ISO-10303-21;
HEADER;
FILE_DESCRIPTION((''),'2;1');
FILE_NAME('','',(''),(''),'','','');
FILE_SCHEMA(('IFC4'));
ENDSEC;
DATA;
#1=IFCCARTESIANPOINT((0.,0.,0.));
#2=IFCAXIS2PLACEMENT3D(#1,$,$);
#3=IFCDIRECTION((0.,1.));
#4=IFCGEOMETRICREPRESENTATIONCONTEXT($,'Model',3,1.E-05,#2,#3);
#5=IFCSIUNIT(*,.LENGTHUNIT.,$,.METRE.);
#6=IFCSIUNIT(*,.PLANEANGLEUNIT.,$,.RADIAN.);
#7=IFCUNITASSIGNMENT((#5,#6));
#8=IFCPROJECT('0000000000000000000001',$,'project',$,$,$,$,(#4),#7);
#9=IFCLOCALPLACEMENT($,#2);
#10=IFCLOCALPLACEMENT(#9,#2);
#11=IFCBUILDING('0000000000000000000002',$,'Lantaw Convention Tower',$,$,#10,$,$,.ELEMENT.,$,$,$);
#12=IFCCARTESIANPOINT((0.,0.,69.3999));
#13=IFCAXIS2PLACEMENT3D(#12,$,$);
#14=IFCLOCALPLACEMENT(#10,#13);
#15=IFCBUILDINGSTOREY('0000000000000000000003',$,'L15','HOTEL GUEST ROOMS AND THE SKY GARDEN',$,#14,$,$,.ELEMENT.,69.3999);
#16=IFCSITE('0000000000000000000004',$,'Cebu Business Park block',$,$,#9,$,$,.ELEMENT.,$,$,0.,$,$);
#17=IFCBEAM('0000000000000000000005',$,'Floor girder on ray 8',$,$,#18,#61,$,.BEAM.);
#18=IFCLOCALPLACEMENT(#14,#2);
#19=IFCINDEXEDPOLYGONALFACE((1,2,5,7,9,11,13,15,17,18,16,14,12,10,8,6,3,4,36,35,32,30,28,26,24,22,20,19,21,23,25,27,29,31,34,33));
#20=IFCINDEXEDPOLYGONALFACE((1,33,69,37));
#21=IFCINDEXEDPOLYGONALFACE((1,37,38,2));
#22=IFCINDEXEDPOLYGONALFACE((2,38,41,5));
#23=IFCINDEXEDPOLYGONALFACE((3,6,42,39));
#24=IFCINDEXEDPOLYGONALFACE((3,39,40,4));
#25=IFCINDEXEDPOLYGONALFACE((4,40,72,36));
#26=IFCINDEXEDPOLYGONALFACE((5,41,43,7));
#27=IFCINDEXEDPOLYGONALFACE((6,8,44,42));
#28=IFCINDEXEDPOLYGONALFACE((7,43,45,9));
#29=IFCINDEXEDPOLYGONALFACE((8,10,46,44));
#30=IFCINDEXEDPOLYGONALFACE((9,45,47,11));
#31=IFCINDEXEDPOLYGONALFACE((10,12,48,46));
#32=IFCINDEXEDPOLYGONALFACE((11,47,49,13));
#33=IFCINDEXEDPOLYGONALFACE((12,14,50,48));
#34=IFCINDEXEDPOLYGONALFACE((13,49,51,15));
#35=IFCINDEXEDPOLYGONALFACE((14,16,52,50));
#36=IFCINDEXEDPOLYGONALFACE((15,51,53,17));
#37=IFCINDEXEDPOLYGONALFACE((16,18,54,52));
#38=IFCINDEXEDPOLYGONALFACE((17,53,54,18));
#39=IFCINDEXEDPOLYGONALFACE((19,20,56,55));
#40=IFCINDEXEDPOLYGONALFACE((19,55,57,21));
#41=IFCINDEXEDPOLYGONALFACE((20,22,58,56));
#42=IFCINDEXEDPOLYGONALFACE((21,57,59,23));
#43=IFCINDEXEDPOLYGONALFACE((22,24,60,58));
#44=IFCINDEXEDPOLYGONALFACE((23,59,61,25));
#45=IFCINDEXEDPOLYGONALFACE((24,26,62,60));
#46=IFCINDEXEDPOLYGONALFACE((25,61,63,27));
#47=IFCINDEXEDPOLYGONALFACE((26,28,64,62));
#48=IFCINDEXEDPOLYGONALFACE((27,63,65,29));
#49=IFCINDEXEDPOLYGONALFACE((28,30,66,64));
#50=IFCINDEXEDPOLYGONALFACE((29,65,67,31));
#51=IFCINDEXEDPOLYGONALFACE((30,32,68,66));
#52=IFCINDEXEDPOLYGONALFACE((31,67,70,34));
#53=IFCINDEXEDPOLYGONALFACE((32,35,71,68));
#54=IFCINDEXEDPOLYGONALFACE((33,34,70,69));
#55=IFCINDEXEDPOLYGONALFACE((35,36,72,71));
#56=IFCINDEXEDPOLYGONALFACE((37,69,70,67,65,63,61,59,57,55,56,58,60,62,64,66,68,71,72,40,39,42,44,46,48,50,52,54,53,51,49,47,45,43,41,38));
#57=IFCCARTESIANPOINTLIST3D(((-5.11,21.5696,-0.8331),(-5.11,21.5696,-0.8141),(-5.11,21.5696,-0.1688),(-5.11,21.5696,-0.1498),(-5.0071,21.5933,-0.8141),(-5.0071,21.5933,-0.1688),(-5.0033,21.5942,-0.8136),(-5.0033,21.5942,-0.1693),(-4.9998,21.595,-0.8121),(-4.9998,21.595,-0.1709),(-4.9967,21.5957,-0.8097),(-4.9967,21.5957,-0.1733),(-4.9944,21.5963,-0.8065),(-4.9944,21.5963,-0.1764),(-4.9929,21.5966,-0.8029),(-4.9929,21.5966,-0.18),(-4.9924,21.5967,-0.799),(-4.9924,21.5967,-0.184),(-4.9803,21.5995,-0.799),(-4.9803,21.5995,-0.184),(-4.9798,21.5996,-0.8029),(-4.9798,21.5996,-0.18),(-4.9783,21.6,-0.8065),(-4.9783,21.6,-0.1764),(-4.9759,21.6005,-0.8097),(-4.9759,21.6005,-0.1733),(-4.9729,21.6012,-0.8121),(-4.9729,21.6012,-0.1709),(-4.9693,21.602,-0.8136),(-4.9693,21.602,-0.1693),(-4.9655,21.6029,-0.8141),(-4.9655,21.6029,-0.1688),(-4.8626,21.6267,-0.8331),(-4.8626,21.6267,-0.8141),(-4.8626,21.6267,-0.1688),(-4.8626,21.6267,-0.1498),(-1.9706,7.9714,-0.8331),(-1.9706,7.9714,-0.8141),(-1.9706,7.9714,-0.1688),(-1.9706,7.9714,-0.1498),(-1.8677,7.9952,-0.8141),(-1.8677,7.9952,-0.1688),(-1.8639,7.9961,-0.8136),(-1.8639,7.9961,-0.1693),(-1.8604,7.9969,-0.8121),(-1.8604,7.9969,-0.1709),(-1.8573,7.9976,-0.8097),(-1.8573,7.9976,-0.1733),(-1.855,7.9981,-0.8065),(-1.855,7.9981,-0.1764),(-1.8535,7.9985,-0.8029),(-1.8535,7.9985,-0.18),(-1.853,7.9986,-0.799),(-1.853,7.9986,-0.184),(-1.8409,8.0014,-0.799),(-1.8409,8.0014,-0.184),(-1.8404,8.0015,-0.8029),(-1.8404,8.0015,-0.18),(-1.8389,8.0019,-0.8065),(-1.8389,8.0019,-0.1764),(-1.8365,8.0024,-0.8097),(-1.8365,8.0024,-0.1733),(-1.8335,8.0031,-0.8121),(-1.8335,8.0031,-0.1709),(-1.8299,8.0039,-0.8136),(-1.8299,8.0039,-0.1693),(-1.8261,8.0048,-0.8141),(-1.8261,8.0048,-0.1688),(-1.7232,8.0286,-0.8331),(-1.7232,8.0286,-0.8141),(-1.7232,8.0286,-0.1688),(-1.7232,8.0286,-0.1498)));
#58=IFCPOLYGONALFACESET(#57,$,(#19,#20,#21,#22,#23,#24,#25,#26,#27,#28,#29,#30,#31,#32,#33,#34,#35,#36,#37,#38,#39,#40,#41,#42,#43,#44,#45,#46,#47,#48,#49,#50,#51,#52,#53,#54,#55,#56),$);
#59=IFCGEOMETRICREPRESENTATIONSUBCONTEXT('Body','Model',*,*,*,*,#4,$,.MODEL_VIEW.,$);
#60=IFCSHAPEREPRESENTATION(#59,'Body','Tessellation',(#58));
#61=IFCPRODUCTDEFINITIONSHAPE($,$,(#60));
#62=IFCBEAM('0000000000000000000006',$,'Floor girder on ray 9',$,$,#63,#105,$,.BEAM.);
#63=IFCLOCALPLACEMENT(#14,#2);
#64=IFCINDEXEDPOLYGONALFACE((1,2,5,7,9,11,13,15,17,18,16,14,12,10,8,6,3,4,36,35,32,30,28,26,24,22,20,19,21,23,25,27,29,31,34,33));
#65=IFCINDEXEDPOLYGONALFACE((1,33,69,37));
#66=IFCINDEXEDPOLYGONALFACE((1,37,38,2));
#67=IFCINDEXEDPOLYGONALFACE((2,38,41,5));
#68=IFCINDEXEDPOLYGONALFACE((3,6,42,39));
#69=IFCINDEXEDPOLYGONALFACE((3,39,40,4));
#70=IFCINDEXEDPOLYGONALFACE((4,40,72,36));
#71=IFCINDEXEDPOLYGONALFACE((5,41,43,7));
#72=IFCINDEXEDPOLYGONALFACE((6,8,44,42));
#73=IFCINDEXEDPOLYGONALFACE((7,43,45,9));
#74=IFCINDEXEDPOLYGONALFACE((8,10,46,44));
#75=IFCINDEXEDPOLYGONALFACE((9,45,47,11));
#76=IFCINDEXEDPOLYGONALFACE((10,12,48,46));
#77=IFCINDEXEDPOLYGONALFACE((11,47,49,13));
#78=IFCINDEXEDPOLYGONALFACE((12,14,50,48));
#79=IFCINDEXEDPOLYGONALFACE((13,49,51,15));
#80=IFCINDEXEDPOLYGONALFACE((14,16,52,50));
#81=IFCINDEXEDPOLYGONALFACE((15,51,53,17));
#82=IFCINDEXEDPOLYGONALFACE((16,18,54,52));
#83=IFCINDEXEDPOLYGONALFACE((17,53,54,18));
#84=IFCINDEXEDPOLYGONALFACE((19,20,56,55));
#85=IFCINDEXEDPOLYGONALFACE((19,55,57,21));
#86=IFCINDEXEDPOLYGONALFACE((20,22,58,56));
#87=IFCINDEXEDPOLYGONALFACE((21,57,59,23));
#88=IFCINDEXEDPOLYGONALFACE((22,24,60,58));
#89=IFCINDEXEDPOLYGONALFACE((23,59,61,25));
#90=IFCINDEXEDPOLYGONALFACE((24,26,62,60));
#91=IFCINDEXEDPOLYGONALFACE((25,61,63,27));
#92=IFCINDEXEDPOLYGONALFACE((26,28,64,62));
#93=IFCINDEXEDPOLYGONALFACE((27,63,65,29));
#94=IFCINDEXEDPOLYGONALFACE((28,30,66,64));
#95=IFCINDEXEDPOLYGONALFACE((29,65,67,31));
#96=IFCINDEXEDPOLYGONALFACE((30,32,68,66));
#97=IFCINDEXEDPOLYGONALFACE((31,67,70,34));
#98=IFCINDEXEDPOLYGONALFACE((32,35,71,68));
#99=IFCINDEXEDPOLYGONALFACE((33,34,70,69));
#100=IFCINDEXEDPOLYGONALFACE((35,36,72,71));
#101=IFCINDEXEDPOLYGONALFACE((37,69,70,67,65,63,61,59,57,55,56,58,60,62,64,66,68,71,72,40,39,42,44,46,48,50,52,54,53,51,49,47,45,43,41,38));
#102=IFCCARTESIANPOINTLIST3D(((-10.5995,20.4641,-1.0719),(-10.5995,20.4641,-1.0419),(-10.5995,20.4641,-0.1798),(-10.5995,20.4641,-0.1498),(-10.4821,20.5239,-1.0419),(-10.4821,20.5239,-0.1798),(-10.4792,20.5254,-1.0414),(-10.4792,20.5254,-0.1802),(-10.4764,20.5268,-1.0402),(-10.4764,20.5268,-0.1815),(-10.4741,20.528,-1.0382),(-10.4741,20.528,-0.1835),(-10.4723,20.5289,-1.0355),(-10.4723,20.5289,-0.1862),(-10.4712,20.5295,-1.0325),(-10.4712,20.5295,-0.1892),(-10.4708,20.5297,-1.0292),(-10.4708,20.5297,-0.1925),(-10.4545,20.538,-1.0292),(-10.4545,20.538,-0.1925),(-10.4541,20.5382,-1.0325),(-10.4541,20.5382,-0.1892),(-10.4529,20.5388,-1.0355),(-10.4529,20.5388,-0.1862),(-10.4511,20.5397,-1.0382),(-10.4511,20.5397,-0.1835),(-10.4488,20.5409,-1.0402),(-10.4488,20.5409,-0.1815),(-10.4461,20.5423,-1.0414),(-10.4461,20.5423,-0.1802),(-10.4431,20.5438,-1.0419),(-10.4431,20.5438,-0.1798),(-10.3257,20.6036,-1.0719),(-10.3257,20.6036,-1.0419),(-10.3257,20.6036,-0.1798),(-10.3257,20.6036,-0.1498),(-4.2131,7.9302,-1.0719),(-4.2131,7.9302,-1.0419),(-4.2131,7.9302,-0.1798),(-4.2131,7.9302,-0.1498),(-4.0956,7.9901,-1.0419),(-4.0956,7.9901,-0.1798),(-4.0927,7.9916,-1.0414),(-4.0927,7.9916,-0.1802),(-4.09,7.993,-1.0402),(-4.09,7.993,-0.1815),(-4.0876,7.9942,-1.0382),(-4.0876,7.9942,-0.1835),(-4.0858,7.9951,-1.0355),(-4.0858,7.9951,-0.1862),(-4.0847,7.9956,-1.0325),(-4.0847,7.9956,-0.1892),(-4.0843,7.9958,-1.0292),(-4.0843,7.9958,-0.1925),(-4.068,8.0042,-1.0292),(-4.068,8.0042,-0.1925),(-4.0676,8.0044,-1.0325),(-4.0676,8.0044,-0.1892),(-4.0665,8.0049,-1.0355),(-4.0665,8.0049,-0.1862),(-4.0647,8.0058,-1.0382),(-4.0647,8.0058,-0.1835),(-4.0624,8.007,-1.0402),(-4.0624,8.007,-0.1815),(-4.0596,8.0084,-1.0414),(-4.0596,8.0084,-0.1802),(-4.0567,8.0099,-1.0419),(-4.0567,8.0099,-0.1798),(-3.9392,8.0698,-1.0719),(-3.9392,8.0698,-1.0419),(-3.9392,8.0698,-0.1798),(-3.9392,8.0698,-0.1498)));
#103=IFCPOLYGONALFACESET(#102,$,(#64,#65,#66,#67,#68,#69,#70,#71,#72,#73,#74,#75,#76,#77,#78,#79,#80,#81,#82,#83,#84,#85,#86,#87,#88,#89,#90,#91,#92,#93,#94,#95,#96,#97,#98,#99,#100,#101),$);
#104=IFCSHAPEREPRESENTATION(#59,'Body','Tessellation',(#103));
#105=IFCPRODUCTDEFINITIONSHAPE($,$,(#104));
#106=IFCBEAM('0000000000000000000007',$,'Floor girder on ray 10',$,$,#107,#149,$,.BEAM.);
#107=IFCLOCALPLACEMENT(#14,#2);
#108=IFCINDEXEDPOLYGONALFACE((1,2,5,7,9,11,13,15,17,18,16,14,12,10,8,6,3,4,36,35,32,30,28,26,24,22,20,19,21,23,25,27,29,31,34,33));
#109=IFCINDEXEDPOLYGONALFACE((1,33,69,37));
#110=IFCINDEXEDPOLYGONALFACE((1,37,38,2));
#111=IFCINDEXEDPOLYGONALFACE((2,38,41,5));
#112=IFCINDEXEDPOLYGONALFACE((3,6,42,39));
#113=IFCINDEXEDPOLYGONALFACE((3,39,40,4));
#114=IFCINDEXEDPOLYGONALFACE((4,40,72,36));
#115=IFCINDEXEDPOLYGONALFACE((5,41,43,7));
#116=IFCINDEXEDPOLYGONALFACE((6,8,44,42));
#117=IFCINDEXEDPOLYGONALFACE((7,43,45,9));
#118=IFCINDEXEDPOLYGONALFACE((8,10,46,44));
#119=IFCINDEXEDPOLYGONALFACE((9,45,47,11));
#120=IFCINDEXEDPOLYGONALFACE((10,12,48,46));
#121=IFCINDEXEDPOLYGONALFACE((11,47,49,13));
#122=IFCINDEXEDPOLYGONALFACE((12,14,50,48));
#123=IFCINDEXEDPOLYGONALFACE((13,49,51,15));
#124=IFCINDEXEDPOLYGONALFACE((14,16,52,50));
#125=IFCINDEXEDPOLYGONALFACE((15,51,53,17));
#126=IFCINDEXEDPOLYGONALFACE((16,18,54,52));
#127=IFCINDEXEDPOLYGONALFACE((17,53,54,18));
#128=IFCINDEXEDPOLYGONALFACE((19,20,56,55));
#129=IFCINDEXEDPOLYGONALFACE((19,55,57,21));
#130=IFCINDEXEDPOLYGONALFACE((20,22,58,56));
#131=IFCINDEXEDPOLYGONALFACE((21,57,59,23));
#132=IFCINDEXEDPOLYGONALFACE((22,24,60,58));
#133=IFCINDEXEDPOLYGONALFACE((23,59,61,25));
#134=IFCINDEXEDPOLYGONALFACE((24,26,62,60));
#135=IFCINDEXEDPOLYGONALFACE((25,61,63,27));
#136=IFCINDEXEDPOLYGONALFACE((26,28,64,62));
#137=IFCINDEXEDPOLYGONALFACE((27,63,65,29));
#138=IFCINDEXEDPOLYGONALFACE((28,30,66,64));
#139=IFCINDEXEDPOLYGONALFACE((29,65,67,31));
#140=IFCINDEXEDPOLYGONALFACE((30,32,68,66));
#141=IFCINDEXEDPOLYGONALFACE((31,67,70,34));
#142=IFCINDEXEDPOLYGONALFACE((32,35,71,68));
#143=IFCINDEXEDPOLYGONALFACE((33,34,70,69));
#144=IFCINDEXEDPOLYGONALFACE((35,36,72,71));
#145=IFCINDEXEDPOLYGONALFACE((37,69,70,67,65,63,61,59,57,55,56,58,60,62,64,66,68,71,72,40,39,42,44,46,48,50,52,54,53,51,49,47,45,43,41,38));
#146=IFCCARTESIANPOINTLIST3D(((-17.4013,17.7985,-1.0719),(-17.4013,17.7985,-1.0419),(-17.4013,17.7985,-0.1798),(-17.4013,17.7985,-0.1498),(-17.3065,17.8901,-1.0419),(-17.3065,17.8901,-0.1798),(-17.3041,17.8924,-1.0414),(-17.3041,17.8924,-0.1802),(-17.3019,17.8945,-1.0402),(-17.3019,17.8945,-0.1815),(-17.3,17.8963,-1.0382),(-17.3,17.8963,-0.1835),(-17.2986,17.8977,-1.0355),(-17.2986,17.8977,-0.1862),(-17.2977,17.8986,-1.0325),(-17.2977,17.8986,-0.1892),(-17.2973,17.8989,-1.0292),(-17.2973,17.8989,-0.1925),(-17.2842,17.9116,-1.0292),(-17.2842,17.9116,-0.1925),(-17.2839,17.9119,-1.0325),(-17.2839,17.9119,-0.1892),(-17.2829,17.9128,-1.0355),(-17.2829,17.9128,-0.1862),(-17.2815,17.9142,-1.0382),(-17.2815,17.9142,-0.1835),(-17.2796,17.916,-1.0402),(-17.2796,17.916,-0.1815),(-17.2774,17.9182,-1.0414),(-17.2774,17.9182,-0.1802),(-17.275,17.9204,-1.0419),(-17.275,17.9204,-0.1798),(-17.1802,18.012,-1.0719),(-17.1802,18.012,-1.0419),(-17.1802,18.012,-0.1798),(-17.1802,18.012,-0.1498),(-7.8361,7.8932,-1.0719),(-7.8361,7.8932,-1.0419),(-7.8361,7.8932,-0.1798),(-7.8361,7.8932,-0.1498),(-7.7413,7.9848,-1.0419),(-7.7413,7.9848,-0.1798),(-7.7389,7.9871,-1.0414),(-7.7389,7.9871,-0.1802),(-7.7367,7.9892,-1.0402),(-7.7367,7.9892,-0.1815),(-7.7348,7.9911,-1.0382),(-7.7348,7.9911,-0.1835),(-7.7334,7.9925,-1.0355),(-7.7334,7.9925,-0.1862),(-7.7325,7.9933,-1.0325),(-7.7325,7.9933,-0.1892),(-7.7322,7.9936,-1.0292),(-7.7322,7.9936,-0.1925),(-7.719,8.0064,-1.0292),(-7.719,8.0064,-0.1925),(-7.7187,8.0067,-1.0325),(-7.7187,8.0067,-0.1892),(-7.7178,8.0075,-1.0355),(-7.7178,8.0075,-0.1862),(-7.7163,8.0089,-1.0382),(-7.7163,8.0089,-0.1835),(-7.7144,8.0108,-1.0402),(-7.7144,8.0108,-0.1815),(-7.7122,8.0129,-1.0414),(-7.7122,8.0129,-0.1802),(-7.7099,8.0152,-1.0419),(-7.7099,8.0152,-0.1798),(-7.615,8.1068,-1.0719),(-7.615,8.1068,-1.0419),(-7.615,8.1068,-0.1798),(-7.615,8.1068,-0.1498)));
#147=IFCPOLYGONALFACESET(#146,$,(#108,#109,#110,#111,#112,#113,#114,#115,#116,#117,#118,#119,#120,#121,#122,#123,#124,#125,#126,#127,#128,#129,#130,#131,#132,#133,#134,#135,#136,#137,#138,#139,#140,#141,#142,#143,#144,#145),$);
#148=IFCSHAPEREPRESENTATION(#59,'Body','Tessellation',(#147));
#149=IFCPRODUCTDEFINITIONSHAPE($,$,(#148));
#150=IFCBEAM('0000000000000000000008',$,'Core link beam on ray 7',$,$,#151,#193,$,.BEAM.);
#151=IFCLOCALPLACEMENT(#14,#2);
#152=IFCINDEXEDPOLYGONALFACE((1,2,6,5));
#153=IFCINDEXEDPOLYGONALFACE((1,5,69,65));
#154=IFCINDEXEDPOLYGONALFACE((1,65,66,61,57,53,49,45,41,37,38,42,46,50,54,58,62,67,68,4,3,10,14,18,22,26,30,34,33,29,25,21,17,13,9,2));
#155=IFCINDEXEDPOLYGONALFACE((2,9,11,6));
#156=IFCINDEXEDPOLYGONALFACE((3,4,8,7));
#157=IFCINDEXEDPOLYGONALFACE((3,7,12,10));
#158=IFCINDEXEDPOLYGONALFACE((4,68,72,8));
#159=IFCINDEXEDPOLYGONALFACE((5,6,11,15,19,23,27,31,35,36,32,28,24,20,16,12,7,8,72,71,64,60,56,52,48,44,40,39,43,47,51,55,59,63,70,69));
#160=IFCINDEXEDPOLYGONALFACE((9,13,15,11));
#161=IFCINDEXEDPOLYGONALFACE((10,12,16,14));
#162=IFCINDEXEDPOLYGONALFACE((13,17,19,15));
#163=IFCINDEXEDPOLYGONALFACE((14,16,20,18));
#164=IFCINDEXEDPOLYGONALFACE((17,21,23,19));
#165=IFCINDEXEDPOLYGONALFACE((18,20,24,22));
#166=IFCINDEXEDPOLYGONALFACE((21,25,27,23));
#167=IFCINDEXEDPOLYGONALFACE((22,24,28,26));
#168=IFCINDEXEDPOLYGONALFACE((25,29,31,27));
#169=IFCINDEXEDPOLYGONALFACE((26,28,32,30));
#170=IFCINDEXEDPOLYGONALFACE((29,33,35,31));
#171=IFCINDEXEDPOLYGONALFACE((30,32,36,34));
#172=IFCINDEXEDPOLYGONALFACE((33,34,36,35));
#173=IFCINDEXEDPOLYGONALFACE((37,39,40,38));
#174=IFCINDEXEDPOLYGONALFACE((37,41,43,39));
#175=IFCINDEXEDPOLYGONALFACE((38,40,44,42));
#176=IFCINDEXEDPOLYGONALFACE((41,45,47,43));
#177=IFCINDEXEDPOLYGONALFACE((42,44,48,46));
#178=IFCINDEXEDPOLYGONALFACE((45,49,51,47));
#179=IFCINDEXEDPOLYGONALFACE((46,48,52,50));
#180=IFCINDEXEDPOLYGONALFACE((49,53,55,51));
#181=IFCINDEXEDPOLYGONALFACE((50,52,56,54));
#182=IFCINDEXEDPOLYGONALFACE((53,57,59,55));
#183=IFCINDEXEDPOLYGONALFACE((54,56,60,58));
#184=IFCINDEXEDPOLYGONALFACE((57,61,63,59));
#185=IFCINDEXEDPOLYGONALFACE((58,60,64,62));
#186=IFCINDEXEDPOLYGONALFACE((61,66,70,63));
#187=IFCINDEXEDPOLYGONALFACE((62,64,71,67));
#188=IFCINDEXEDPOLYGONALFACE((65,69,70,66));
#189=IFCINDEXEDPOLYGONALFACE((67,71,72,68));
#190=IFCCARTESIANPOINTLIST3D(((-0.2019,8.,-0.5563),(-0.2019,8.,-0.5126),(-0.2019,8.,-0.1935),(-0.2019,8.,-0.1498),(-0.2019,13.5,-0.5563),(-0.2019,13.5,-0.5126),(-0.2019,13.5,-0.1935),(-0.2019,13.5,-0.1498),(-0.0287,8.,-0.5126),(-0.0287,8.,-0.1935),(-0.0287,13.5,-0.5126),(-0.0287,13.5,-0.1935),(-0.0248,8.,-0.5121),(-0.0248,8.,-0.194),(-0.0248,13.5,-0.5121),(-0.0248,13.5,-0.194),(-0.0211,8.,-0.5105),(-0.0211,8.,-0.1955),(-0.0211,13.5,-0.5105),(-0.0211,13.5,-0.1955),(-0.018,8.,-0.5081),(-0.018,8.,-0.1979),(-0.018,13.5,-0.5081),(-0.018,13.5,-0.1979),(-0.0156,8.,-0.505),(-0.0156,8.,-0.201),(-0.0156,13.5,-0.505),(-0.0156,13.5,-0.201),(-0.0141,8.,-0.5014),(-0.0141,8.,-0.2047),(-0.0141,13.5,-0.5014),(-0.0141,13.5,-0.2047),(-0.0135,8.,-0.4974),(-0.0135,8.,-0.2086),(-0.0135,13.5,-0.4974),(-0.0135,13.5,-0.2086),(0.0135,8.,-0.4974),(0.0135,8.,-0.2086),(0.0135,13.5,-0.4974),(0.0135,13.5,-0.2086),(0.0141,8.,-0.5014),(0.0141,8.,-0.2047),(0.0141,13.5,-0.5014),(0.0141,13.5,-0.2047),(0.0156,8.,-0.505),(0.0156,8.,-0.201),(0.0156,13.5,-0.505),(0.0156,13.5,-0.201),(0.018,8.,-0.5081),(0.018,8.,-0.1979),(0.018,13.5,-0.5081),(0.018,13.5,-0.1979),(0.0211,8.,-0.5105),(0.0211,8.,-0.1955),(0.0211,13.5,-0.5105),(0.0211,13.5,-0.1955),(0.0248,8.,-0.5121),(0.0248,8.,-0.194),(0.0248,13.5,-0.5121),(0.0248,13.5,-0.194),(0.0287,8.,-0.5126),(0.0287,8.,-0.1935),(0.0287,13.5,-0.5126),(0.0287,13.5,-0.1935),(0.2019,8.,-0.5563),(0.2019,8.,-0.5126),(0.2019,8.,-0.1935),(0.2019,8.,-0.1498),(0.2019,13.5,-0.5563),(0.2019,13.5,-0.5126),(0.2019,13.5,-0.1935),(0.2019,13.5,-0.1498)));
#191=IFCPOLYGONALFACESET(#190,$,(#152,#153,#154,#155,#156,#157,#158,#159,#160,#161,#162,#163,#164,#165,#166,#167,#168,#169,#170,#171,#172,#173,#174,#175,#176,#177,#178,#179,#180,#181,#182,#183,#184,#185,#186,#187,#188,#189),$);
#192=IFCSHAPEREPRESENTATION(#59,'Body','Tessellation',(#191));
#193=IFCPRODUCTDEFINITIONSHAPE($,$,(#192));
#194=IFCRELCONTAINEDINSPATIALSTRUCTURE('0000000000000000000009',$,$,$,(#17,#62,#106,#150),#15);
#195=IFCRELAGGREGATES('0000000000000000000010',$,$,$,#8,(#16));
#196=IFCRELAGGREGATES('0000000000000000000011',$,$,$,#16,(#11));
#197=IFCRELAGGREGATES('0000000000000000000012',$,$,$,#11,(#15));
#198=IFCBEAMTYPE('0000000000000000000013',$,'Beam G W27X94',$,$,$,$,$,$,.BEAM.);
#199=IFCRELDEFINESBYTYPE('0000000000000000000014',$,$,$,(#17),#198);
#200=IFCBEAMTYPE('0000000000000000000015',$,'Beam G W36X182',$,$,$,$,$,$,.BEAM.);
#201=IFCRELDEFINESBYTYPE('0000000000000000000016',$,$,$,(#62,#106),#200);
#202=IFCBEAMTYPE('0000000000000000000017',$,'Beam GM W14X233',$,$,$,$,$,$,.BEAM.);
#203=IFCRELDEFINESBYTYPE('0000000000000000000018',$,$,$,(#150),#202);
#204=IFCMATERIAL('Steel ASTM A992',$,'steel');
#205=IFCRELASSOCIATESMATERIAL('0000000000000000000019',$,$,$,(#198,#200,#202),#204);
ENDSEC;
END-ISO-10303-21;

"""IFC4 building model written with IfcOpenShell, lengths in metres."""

from ifc_helpers import new_model, si_unit, direction, frame, origin, origin_2d, place, context, subcontext, project, spatial, i_section, extrude, material, material_profile, profile_set, type_object, element, save


model = new_model("IFC4")

# Units and contexts
model_context = context("Model", 3, precision=1e-05, world=origin(), true_north=direction((0.0, 1.0)))
body_context = subcontext(model_context, "Body", "Model", "MODEL_VIEW")
ifc_project = project(units=[si_unit("LENGTHUNIT", "METRE"), si_unit("PLANEANGLEUNIT", "RADIAN")], contexts=[model_context])

# Site, building, storey
site_placement = place(None, origin())
site = spatial("IfcSite", under=ifc_project, at=site_placement, Name="Cebu Business Park block", CompositionType="ELEMENT", RefElevation=0.0)
building_placement = place(site_placement, origin())
building = spatial("IfcBuilding", under=site, at=building_placement, Name="Lantaw Convention Tower", CompositionType="ELEMENT")
storey_placement = place(building_placement, frame((0.0, 0.0, 69.3999)))
storey = spatial("IfcBuildingStorey", under=building, at=storey_placement, Name="L15", Description="HOTEL GUEST ROOMS AND THE SKY GARDEN", CompositionType="ELEMENT", Elevation=69.3999)

# Beams
ifc_material_1 = material(Name="Steel ASTM A992", Category="steel")
ifc_material_profile_1 = material_profile(ifc_material_1, i_section(OverallWidth=0.2539, OverallDepth=0.6833, WebThickness=0.0125, FlangeThickness=0.019, FilletRadius=0.0151, at=origin_2d()), Name="W27X94")
ifc_profile_set_1 = profile_set([ifc_material_profile_1], Name="Steel ASTM A992")
beam_type_1 = type_object("IfcBeamType", Name="Beam G W27X94", PredefinedType="BEAM", material=ifc_profile_set_1)
beam_1_placement = place(storey_placement, frame((-1.8469, 8.0, -0.4915), z_axis=(-0.224953, 0.97437, 0.0), x_axis=(-0.97437, -0.224953, 0.0)))
element("IfcBeam", 1, at=beam_1_placement, inside=storey, type_object=beam_type_1, Name="Floor girder on ray 8", PredefinedType="BEAM", context=body_context, shape_type="SweptSolid", body=[
    extrude(i_section(OverallWidth=0.2539, OverallDepth=0.6833, WebThickness=0.0125, FlangeThickness=0.019, FilletRadius=0.0151, at=origin_2d()), origin(), (0.0, 0.0, 1.0), 13.9558),
])
ifc_material_profile_2 = material_profile(ifc_material_1, i_section(OverallWidth=0.3074, OverallDepth=0.9221, WebThickness=0.0183, FlangeThickness=0.03, FilletRadius=0.0127, at=origin_2d()), Name="W36X182")
ifc_profile_set_2 = profile_set([ifc_material_profile_2], Name="Steel ASTM A992")
beam_type_2 = type_object("IfcBeamType", Name="Beam G W36X182", PredefinedType="BEAM", material=ifc_profile_set_2)
beam_2_placement = place(storey_placement, frame((-4.0762, 8.0, -0.6108), z_axis=(-0.453997, 0.891003, 0.0), x_axis=(-0.891003, -0.453997, 0.0)))
element("IfcBeam", 2, at=beam_2_placement, inside=storey, type_object=beam_type_2, Name="Floor girder on ray 9", PredefinedType="BEAM", context=body_context, shape_type="SweptSolid", body=[
    extrude(i_section(OverallWidth=0.3074, OverallDepth=0.9221, WebThickness=0.0183, FlangeThickness=0.03, FilletRadius=0.0127, at=origin_2d()), origin(), (0.0, 0.0, 1.0), 14.0671),
])
beam_3_placement = place(storey_placement, frame((-7.7256, 8.0, -0.6108), z_axis=(-0.69465, 0.719348, 0.0), x_axis=(-0.719348, -0.69465, 0.0)))
element("IfcBeam", 3, at=beam_3_placement, inside=storey, type_object=beam_type_2, Name="Floor girder on ray 10", PredefinedType="BEAM", context=body_context, shape_type="SweptSolid", body=[
    extrude(i_section(OverallWidth=0.3074, OverallDepth=0.9221, WebThickness=0.0183, FlangeThickness=0.03, FilletRadius=0.0127, at=origin_2d()), origin(), (0.0, 0.0, 1.0), 13.7698),
])
ifc_material_profile_3 = material_profile(ifc_material_1, i_section(OverallWidth=0.4038, OverallDepth=0.4065, WebThickness=0.0271, FlangeThickness=0.0437, FilletRadius=0.0151, at=origin_2d()), Name="W14X233")
ifc_profile_set_3 = profile_set([ifc_material_profile_3], Name="Steel ASTM A992")
beam_type_3 = type_object("IfcBeamType", Name="Beam GM W14X233", PredefinedType="BEAM", material=ifc_profile_set_3)
beam_4_placement = place(storey_placement, frame((0.0, 8.0, -0.353), z_axis=(0.0, 1.0, 0.0), x_axis=(-1.0, 0.0, 0.0)))
element("IfcBeam", 4, at=beam_4_placement, inside=storey, type_object=beam_type_3, Name="Core link beam on ray 7", PredefinedType="BEAM", context=body_context, shape_type="SweptSolid", body=[
    extrude(i_section(OverallWidth=0.4038, OverallDepth=0.4065, WebThickness=0.0271, FlangeThickness=0.0437, FilletRadius=0.0151, at=origin_2d()), origin(), (0.0, 0.0, 1.0), 5.5),
])

save(model, "model.ifc")
